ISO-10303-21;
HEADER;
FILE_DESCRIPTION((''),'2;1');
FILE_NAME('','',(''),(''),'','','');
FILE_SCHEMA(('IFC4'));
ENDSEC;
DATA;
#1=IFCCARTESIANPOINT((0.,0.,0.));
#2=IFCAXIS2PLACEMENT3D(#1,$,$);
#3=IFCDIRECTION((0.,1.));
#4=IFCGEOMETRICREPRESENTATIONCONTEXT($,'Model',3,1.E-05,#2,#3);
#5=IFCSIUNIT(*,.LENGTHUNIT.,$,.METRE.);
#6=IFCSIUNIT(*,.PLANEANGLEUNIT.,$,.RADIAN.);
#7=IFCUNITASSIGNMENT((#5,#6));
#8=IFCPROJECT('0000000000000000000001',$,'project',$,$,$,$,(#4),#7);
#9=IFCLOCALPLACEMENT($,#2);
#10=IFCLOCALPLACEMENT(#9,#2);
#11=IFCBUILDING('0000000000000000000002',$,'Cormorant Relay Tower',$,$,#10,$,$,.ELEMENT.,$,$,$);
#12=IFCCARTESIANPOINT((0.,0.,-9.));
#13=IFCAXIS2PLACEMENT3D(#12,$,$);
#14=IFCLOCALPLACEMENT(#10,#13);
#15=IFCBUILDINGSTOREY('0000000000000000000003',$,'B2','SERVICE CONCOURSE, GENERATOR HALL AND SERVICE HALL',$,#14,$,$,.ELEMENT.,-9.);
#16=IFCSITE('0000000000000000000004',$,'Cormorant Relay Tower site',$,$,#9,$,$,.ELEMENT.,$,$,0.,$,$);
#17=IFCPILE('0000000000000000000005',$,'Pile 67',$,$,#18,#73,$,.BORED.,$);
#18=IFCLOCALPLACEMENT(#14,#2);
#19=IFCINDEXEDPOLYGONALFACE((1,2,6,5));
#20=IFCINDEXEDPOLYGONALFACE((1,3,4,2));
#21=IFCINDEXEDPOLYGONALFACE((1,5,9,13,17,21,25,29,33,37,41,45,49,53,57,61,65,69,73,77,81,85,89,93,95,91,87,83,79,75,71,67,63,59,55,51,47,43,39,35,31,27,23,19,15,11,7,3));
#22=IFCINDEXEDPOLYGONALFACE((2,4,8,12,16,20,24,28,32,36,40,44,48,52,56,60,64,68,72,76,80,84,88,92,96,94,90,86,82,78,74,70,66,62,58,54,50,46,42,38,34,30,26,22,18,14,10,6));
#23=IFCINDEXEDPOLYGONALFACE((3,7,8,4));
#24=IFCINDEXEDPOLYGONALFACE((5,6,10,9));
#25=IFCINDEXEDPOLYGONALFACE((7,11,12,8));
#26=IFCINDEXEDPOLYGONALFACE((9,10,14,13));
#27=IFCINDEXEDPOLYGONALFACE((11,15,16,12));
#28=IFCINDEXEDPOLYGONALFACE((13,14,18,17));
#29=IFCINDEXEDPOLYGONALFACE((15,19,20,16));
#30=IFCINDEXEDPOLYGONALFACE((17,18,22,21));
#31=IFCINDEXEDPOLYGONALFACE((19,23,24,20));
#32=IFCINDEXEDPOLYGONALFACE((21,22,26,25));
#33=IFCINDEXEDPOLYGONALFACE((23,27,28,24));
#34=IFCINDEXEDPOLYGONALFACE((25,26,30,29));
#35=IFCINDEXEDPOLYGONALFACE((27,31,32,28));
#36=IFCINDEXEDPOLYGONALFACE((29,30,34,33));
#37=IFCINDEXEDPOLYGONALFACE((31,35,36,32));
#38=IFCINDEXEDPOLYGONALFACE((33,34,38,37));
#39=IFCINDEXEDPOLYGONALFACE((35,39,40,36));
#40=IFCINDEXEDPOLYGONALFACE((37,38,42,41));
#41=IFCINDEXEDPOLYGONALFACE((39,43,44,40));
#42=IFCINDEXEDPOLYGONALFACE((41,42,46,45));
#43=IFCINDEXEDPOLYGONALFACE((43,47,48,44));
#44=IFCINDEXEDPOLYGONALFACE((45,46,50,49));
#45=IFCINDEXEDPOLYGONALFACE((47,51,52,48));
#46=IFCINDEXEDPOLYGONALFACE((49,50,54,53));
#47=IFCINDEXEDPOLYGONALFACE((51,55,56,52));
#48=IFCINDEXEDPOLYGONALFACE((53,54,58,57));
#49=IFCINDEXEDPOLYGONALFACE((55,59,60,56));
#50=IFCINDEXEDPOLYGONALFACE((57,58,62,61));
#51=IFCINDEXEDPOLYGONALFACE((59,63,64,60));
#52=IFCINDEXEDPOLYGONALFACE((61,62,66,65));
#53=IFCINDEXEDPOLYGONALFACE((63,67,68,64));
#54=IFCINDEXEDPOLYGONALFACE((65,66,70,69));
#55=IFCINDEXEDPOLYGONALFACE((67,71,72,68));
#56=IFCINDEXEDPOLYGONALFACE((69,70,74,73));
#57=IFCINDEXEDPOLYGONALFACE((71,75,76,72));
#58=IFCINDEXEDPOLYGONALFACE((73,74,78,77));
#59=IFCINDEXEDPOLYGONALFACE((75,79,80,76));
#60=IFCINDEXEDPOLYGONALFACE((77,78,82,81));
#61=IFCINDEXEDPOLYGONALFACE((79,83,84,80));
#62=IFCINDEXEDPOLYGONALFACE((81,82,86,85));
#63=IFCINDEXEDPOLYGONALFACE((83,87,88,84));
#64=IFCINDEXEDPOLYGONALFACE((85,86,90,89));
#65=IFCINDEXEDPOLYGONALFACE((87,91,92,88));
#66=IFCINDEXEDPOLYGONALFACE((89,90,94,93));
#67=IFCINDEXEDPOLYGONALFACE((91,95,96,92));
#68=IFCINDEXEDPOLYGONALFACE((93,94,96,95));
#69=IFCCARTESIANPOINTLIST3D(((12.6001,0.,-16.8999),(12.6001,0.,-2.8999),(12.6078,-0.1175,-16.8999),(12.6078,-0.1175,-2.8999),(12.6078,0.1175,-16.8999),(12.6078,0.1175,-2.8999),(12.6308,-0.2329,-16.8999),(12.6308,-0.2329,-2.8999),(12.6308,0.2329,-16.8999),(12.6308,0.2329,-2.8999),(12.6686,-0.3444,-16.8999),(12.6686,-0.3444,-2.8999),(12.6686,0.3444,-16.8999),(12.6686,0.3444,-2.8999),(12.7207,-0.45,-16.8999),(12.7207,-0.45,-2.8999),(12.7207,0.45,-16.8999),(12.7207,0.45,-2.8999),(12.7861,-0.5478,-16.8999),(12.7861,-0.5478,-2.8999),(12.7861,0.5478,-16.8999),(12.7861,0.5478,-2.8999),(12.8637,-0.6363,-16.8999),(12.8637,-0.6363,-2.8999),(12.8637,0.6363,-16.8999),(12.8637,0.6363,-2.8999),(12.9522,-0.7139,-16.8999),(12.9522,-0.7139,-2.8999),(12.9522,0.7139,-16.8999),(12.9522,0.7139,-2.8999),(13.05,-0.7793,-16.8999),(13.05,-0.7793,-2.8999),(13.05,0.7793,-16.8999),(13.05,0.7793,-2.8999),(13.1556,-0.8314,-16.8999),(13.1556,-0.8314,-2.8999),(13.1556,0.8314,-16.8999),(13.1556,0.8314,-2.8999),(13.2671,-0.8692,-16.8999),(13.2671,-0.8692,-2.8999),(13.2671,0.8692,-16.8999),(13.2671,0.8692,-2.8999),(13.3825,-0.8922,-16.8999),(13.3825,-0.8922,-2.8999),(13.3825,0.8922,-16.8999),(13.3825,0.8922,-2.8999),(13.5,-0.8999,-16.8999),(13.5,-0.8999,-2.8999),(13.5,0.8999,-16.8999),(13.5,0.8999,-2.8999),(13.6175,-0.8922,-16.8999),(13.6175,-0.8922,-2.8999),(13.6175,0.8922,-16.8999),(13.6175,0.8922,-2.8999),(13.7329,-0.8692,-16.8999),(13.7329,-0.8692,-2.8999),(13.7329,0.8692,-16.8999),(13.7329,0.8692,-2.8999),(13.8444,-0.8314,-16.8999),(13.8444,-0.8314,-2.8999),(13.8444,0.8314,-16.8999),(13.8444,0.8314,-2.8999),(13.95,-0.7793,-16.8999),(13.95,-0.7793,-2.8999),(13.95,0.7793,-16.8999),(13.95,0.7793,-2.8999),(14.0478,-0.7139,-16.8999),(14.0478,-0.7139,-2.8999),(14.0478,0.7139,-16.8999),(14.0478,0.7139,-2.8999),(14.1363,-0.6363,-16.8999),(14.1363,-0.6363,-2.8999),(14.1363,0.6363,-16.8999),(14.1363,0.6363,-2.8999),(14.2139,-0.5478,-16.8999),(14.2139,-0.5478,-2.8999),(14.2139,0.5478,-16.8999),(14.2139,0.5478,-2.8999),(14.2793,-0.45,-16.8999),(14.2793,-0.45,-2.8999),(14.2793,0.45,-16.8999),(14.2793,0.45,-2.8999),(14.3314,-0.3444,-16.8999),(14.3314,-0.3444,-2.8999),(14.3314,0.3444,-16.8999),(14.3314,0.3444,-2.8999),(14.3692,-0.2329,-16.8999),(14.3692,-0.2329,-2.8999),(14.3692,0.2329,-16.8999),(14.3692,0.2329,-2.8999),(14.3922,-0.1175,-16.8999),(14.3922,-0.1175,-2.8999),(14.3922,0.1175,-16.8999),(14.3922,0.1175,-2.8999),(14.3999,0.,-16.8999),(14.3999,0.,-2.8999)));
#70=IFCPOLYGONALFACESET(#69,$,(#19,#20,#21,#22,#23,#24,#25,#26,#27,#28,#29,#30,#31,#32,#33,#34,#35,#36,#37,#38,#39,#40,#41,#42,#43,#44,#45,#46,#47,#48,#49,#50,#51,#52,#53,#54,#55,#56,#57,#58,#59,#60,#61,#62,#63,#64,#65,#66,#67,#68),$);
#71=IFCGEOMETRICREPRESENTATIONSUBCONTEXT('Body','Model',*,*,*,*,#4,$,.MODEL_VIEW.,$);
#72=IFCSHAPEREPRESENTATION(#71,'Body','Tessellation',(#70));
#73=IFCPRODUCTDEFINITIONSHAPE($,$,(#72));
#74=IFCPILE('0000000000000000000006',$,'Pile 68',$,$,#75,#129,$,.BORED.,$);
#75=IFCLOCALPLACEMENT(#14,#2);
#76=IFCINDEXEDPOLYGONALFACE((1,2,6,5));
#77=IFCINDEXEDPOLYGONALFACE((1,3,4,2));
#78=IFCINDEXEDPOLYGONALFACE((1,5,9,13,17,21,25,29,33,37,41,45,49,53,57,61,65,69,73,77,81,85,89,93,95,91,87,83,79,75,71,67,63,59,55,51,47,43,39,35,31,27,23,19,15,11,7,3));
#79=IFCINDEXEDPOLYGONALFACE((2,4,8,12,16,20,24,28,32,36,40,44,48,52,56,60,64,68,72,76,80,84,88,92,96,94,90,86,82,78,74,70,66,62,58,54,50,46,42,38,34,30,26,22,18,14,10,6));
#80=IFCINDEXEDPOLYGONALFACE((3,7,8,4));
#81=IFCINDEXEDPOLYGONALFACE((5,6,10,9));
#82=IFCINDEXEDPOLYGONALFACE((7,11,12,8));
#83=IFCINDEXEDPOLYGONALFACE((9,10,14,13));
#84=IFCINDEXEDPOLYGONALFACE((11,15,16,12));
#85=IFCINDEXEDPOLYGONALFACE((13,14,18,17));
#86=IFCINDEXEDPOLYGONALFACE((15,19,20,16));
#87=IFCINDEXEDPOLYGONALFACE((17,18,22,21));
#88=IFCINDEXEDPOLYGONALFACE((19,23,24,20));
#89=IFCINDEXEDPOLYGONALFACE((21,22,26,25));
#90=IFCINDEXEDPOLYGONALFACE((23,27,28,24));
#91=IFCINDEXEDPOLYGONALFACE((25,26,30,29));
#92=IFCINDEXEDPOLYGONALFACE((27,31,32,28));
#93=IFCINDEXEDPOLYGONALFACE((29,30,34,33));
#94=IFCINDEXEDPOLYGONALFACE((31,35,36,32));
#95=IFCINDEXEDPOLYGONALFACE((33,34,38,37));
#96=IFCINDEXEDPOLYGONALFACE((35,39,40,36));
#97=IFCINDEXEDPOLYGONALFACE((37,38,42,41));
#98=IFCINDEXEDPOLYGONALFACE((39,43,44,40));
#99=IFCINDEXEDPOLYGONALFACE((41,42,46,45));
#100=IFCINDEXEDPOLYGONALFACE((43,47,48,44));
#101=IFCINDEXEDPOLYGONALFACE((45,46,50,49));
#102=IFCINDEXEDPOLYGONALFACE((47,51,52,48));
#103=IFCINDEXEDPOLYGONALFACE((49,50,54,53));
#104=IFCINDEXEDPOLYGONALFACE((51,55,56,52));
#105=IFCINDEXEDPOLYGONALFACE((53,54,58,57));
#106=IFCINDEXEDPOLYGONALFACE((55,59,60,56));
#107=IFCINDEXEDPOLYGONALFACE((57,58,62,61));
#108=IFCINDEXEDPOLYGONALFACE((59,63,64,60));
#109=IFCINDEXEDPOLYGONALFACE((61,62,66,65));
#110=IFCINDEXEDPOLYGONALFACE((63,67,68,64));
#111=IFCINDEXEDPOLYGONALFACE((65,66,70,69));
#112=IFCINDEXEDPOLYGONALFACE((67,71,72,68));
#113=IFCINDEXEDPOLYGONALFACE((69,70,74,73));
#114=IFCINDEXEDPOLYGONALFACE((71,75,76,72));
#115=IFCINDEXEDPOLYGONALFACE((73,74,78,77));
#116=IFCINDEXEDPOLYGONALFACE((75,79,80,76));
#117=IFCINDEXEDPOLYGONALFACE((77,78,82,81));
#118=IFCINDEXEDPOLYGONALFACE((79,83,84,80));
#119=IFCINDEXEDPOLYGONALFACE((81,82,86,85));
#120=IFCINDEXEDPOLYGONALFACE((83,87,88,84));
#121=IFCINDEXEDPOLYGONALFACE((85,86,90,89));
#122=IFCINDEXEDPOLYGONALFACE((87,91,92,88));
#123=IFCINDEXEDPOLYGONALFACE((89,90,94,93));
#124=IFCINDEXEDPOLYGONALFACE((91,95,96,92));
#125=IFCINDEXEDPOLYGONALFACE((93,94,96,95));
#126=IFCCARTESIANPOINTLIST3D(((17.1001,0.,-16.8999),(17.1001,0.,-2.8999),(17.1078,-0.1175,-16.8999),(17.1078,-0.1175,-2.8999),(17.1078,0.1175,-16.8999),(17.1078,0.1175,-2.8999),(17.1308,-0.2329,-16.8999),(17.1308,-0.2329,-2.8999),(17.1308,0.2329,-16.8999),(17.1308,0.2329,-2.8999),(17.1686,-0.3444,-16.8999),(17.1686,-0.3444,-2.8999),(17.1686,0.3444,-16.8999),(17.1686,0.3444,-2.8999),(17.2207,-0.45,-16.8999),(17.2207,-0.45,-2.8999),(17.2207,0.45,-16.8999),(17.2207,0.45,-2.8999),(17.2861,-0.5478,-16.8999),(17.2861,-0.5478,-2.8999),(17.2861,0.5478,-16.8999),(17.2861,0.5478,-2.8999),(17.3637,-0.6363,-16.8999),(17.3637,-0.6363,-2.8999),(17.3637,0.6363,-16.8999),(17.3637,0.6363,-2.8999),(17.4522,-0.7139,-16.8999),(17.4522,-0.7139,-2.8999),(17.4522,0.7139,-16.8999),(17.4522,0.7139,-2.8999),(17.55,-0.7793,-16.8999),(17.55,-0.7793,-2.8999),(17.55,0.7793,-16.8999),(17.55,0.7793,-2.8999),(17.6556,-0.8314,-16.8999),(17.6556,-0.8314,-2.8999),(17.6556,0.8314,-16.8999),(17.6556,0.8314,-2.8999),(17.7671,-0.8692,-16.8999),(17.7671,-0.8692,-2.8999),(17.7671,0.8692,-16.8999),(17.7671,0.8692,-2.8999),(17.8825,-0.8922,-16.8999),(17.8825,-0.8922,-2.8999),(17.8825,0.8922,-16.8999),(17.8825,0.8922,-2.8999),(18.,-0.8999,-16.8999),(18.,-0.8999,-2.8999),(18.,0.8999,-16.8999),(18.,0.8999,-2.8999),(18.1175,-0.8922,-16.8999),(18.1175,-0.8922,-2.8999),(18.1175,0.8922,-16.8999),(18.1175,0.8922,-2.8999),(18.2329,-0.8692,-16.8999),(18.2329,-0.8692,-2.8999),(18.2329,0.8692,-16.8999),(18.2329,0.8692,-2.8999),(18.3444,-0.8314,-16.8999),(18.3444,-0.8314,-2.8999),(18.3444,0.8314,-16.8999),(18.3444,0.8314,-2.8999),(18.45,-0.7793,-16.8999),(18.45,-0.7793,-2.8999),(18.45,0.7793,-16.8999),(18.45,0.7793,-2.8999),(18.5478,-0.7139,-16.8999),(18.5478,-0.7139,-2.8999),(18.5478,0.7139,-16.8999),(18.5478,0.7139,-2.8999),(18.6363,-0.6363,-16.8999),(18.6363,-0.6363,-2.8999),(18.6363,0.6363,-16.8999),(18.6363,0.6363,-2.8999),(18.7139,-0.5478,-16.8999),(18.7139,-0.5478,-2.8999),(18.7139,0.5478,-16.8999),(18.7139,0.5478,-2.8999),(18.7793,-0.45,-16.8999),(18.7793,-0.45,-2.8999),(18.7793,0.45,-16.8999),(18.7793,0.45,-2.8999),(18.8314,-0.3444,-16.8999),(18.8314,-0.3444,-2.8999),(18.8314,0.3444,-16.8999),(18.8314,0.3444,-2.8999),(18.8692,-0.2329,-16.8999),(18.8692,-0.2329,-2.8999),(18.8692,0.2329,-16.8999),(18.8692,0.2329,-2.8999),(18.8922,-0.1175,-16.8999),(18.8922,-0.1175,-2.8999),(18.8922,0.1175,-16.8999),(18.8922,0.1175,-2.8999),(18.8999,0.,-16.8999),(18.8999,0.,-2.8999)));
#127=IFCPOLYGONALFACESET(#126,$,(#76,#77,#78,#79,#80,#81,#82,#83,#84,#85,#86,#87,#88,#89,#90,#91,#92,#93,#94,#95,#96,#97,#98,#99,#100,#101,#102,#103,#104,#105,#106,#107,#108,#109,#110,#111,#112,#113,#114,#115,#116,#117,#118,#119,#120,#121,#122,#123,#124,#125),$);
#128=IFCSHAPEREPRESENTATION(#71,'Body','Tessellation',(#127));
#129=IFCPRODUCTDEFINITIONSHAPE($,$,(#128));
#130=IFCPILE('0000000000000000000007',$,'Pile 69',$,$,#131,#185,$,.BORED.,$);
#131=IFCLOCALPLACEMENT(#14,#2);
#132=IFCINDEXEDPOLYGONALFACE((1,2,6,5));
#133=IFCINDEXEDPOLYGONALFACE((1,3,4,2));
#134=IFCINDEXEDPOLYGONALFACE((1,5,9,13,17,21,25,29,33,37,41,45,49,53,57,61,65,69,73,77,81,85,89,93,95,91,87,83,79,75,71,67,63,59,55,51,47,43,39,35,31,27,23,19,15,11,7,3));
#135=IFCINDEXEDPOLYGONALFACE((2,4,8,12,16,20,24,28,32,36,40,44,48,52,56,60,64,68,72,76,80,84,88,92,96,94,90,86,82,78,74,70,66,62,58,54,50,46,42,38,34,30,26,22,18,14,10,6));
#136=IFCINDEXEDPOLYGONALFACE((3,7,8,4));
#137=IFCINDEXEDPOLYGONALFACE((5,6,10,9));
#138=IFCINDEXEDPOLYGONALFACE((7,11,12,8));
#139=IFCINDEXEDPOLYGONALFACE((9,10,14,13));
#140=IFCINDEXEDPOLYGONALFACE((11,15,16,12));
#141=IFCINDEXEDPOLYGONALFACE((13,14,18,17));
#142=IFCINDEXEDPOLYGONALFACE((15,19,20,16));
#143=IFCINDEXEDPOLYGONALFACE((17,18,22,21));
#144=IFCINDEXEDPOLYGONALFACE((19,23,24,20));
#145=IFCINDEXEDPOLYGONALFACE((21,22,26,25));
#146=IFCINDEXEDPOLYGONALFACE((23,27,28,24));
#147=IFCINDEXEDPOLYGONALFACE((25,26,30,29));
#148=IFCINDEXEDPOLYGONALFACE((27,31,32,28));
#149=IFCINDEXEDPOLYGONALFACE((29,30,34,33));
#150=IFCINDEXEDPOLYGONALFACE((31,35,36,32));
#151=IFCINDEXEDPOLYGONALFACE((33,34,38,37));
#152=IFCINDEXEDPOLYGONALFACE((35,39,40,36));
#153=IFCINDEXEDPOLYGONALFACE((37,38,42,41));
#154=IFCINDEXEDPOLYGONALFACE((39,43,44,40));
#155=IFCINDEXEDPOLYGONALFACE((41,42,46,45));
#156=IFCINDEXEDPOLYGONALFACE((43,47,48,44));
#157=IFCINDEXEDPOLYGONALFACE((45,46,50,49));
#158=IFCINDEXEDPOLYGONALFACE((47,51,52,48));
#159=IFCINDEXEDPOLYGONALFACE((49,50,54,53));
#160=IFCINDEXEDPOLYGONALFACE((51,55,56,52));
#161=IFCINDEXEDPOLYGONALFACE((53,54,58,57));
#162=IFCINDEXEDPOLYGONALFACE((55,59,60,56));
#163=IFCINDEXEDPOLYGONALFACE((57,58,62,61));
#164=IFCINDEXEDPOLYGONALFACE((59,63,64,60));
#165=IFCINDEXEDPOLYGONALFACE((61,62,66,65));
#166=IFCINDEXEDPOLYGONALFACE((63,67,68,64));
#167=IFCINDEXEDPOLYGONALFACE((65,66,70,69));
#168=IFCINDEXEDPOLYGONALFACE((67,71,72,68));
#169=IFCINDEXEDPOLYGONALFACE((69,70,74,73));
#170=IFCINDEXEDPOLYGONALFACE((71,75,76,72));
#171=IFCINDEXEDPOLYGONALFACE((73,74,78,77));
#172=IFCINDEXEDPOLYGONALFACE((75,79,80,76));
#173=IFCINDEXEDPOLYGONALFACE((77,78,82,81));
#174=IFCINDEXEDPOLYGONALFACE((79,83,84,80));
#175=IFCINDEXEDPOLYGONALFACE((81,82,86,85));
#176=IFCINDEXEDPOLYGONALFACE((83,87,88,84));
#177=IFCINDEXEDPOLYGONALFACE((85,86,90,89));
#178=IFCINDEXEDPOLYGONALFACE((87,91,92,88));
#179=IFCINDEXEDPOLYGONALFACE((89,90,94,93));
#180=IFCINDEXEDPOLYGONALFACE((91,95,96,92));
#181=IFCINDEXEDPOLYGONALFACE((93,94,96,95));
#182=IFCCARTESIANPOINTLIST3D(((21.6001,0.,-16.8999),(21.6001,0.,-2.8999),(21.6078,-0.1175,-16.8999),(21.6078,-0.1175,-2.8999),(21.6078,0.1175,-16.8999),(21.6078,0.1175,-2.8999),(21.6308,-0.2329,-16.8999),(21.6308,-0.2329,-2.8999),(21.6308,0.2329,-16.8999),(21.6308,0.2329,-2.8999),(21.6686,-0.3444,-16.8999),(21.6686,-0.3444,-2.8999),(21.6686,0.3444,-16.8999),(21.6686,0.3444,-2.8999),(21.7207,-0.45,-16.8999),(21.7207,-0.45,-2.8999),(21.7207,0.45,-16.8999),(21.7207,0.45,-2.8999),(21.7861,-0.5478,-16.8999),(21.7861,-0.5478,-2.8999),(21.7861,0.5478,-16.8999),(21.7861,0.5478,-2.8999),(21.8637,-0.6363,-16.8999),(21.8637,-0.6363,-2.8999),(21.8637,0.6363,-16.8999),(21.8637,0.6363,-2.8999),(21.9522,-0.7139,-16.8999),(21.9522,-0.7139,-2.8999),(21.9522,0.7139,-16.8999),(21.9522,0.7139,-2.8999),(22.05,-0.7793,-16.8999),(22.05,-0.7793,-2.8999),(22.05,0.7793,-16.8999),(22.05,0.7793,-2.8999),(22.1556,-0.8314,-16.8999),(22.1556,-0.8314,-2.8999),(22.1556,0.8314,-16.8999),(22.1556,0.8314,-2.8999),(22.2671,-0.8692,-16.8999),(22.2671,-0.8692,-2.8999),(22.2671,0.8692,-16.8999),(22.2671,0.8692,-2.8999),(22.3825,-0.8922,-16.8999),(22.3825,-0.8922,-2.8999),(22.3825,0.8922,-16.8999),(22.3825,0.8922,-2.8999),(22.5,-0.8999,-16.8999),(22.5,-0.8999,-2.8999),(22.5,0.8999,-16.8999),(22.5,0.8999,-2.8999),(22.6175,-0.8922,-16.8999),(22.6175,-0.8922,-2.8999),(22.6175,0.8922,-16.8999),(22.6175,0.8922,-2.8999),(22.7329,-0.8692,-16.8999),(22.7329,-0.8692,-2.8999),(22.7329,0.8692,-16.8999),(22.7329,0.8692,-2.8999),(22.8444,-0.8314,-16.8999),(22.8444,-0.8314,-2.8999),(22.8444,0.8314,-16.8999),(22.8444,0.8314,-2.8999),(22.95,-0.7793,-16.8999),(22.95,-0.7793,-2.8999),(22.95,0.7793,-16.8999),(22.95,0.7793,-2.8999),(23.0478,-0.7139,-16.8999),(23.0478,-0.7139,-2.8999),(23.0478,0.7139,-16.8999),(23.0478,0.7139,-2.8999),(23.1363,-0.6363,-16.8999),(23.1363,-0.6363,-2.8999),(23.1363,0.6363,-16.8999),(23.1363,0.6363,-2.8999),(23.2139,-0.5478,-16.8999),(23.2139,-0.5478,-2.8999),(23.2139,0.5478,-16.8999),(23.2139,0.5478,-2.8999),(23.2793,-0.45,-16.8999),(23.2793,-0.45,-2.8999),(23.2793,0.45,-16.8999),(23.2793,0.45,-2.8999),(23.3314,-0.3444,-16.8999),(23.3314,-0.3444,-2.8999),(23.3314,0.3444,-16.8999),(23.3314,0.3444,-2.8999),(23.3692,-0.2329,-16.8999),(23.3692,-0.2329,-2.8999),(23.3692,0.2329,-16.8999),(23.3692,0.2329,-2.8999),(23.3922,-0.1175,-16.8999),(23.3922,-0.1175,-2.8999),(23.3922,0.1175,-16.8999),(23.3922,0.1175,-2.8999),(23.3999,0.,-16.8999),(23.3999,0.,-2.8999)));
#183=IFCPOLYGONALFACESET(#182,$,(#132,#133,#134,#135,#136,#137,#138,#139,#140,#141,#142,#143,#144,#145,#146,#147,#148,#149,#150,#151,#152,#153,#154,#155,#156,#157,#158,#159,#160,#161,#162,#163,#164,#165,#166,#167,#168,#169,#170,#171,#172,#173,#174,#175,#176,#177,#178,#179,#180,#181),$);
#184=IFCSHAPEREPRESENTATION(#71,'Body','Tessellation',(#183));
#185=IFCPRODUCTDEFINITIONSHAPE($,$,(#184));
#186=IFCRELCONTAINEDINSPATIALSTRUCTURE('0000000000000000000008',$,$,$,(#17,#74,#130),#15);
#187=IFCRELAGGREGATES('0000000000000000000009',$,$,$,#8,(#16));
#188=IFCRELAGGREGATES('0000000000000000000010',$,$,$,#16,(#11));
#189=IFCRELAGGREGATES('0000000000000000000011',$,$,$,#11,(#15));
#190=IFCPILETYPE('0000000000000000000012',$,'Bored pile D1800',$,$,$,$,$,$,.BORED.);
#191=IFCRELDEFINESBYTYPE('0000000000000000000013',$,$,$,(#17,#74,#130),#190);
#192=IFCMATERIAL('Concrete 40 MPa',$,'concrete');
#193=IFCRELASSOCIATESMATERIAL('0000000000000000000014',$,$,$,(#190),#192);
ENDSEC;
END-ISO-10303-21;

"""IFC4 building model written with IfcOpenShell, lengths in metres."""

from ifc_helpers import new_model, si_unit, direction, frame, origin, origin_2d, place, context, subcontext, project, spatial, circle, extrude, material, material_profile, profile_set, type_object, element, save


model = new_model("IFC4")

# Units and contexts
model_context = context("Model", 3, precision=1e-05, world=origin(), true_north=direction((0.0, 1.0)))
body_context = subcontext(model_context, "Body", "Model", "MODEL_VIEW")
ifc_project = project(units=[si_unit("LENGTHUNIT", "METRE"), si_unit("PLANEANGLEUNIT", "RADIAN")], contexts=[model_context])

# Site, building, storey
site_placement = place(None, origin())
site = spatial("IfcSite", under=ifc_project, at=site_placement, Name="Cormorant Relay Tower site", CompositionType="ELEMENT", RefElevation=0.0)
building_placement = place(site_placement, origin())
building = spatial("IfcBuilding", under=site, at=building_placement, Name="Cormorant Relay Tower", CompositionType="ELEMENT")
storey_placement = place(building_placement, frame((0.0, 0.0, -9.0)))
storey = spatial("IfcBuildingStorey", under=building, at=storey_placement, Name="B2", Description="SERVICE CONCOURSE, GENERATOR HALL AND SERVICE HALL", CompositionType="ELEMENT", Elevation=-9.0)

# Piles
ifc_material_1 = material(Name="Concrete 40 MPa", Category="concrete")
ifc_material_profile = material_profile(ifc_material_1, circle(Radius=0.8999, at=origin_2d()), Name="BP1800")
ifc_profile_set = profile_set([ifc_material_profile], Name="Concrete 40 MPa")
pile_type = type_object("IfcPileType", Name="Bored pile D1800", PredefinedType="BORED", material=ifc_profile_set)
for number, where, z_axis, x_axis, name in (
    (1, (13.5, 0.0, -2.8999), (0.0, 0.0, -1.0), (1.0, 0.0, 0.0), "Pile 67"),
    (2, (18.0, 0.0, -2.8999), (0.0, 0.0, -1.0), (1.0, 0.0, 0.0), "Pile 68"),
    (3, (22.5, 0.0, -2.8999), (0.0, 0.0, -1.0), (1.0, 0.0, 0.0), "Pile 69"),
):
    element("IfcPile", number, at=place(storey_placement, frame(where, z_axis=z_axis, x_axis=x_axis)), inside=storey, type_object=pile_type, Name=name, PredefinedType="BORED", context=body_context, shape_type="SweptSolid", body=[
        extrude(circle(Radius=0.8999, at=origin_2d()), origin(), (0.0, 0.0, 1.0), 14.0),
    ])

save(model, "model.ifc")
